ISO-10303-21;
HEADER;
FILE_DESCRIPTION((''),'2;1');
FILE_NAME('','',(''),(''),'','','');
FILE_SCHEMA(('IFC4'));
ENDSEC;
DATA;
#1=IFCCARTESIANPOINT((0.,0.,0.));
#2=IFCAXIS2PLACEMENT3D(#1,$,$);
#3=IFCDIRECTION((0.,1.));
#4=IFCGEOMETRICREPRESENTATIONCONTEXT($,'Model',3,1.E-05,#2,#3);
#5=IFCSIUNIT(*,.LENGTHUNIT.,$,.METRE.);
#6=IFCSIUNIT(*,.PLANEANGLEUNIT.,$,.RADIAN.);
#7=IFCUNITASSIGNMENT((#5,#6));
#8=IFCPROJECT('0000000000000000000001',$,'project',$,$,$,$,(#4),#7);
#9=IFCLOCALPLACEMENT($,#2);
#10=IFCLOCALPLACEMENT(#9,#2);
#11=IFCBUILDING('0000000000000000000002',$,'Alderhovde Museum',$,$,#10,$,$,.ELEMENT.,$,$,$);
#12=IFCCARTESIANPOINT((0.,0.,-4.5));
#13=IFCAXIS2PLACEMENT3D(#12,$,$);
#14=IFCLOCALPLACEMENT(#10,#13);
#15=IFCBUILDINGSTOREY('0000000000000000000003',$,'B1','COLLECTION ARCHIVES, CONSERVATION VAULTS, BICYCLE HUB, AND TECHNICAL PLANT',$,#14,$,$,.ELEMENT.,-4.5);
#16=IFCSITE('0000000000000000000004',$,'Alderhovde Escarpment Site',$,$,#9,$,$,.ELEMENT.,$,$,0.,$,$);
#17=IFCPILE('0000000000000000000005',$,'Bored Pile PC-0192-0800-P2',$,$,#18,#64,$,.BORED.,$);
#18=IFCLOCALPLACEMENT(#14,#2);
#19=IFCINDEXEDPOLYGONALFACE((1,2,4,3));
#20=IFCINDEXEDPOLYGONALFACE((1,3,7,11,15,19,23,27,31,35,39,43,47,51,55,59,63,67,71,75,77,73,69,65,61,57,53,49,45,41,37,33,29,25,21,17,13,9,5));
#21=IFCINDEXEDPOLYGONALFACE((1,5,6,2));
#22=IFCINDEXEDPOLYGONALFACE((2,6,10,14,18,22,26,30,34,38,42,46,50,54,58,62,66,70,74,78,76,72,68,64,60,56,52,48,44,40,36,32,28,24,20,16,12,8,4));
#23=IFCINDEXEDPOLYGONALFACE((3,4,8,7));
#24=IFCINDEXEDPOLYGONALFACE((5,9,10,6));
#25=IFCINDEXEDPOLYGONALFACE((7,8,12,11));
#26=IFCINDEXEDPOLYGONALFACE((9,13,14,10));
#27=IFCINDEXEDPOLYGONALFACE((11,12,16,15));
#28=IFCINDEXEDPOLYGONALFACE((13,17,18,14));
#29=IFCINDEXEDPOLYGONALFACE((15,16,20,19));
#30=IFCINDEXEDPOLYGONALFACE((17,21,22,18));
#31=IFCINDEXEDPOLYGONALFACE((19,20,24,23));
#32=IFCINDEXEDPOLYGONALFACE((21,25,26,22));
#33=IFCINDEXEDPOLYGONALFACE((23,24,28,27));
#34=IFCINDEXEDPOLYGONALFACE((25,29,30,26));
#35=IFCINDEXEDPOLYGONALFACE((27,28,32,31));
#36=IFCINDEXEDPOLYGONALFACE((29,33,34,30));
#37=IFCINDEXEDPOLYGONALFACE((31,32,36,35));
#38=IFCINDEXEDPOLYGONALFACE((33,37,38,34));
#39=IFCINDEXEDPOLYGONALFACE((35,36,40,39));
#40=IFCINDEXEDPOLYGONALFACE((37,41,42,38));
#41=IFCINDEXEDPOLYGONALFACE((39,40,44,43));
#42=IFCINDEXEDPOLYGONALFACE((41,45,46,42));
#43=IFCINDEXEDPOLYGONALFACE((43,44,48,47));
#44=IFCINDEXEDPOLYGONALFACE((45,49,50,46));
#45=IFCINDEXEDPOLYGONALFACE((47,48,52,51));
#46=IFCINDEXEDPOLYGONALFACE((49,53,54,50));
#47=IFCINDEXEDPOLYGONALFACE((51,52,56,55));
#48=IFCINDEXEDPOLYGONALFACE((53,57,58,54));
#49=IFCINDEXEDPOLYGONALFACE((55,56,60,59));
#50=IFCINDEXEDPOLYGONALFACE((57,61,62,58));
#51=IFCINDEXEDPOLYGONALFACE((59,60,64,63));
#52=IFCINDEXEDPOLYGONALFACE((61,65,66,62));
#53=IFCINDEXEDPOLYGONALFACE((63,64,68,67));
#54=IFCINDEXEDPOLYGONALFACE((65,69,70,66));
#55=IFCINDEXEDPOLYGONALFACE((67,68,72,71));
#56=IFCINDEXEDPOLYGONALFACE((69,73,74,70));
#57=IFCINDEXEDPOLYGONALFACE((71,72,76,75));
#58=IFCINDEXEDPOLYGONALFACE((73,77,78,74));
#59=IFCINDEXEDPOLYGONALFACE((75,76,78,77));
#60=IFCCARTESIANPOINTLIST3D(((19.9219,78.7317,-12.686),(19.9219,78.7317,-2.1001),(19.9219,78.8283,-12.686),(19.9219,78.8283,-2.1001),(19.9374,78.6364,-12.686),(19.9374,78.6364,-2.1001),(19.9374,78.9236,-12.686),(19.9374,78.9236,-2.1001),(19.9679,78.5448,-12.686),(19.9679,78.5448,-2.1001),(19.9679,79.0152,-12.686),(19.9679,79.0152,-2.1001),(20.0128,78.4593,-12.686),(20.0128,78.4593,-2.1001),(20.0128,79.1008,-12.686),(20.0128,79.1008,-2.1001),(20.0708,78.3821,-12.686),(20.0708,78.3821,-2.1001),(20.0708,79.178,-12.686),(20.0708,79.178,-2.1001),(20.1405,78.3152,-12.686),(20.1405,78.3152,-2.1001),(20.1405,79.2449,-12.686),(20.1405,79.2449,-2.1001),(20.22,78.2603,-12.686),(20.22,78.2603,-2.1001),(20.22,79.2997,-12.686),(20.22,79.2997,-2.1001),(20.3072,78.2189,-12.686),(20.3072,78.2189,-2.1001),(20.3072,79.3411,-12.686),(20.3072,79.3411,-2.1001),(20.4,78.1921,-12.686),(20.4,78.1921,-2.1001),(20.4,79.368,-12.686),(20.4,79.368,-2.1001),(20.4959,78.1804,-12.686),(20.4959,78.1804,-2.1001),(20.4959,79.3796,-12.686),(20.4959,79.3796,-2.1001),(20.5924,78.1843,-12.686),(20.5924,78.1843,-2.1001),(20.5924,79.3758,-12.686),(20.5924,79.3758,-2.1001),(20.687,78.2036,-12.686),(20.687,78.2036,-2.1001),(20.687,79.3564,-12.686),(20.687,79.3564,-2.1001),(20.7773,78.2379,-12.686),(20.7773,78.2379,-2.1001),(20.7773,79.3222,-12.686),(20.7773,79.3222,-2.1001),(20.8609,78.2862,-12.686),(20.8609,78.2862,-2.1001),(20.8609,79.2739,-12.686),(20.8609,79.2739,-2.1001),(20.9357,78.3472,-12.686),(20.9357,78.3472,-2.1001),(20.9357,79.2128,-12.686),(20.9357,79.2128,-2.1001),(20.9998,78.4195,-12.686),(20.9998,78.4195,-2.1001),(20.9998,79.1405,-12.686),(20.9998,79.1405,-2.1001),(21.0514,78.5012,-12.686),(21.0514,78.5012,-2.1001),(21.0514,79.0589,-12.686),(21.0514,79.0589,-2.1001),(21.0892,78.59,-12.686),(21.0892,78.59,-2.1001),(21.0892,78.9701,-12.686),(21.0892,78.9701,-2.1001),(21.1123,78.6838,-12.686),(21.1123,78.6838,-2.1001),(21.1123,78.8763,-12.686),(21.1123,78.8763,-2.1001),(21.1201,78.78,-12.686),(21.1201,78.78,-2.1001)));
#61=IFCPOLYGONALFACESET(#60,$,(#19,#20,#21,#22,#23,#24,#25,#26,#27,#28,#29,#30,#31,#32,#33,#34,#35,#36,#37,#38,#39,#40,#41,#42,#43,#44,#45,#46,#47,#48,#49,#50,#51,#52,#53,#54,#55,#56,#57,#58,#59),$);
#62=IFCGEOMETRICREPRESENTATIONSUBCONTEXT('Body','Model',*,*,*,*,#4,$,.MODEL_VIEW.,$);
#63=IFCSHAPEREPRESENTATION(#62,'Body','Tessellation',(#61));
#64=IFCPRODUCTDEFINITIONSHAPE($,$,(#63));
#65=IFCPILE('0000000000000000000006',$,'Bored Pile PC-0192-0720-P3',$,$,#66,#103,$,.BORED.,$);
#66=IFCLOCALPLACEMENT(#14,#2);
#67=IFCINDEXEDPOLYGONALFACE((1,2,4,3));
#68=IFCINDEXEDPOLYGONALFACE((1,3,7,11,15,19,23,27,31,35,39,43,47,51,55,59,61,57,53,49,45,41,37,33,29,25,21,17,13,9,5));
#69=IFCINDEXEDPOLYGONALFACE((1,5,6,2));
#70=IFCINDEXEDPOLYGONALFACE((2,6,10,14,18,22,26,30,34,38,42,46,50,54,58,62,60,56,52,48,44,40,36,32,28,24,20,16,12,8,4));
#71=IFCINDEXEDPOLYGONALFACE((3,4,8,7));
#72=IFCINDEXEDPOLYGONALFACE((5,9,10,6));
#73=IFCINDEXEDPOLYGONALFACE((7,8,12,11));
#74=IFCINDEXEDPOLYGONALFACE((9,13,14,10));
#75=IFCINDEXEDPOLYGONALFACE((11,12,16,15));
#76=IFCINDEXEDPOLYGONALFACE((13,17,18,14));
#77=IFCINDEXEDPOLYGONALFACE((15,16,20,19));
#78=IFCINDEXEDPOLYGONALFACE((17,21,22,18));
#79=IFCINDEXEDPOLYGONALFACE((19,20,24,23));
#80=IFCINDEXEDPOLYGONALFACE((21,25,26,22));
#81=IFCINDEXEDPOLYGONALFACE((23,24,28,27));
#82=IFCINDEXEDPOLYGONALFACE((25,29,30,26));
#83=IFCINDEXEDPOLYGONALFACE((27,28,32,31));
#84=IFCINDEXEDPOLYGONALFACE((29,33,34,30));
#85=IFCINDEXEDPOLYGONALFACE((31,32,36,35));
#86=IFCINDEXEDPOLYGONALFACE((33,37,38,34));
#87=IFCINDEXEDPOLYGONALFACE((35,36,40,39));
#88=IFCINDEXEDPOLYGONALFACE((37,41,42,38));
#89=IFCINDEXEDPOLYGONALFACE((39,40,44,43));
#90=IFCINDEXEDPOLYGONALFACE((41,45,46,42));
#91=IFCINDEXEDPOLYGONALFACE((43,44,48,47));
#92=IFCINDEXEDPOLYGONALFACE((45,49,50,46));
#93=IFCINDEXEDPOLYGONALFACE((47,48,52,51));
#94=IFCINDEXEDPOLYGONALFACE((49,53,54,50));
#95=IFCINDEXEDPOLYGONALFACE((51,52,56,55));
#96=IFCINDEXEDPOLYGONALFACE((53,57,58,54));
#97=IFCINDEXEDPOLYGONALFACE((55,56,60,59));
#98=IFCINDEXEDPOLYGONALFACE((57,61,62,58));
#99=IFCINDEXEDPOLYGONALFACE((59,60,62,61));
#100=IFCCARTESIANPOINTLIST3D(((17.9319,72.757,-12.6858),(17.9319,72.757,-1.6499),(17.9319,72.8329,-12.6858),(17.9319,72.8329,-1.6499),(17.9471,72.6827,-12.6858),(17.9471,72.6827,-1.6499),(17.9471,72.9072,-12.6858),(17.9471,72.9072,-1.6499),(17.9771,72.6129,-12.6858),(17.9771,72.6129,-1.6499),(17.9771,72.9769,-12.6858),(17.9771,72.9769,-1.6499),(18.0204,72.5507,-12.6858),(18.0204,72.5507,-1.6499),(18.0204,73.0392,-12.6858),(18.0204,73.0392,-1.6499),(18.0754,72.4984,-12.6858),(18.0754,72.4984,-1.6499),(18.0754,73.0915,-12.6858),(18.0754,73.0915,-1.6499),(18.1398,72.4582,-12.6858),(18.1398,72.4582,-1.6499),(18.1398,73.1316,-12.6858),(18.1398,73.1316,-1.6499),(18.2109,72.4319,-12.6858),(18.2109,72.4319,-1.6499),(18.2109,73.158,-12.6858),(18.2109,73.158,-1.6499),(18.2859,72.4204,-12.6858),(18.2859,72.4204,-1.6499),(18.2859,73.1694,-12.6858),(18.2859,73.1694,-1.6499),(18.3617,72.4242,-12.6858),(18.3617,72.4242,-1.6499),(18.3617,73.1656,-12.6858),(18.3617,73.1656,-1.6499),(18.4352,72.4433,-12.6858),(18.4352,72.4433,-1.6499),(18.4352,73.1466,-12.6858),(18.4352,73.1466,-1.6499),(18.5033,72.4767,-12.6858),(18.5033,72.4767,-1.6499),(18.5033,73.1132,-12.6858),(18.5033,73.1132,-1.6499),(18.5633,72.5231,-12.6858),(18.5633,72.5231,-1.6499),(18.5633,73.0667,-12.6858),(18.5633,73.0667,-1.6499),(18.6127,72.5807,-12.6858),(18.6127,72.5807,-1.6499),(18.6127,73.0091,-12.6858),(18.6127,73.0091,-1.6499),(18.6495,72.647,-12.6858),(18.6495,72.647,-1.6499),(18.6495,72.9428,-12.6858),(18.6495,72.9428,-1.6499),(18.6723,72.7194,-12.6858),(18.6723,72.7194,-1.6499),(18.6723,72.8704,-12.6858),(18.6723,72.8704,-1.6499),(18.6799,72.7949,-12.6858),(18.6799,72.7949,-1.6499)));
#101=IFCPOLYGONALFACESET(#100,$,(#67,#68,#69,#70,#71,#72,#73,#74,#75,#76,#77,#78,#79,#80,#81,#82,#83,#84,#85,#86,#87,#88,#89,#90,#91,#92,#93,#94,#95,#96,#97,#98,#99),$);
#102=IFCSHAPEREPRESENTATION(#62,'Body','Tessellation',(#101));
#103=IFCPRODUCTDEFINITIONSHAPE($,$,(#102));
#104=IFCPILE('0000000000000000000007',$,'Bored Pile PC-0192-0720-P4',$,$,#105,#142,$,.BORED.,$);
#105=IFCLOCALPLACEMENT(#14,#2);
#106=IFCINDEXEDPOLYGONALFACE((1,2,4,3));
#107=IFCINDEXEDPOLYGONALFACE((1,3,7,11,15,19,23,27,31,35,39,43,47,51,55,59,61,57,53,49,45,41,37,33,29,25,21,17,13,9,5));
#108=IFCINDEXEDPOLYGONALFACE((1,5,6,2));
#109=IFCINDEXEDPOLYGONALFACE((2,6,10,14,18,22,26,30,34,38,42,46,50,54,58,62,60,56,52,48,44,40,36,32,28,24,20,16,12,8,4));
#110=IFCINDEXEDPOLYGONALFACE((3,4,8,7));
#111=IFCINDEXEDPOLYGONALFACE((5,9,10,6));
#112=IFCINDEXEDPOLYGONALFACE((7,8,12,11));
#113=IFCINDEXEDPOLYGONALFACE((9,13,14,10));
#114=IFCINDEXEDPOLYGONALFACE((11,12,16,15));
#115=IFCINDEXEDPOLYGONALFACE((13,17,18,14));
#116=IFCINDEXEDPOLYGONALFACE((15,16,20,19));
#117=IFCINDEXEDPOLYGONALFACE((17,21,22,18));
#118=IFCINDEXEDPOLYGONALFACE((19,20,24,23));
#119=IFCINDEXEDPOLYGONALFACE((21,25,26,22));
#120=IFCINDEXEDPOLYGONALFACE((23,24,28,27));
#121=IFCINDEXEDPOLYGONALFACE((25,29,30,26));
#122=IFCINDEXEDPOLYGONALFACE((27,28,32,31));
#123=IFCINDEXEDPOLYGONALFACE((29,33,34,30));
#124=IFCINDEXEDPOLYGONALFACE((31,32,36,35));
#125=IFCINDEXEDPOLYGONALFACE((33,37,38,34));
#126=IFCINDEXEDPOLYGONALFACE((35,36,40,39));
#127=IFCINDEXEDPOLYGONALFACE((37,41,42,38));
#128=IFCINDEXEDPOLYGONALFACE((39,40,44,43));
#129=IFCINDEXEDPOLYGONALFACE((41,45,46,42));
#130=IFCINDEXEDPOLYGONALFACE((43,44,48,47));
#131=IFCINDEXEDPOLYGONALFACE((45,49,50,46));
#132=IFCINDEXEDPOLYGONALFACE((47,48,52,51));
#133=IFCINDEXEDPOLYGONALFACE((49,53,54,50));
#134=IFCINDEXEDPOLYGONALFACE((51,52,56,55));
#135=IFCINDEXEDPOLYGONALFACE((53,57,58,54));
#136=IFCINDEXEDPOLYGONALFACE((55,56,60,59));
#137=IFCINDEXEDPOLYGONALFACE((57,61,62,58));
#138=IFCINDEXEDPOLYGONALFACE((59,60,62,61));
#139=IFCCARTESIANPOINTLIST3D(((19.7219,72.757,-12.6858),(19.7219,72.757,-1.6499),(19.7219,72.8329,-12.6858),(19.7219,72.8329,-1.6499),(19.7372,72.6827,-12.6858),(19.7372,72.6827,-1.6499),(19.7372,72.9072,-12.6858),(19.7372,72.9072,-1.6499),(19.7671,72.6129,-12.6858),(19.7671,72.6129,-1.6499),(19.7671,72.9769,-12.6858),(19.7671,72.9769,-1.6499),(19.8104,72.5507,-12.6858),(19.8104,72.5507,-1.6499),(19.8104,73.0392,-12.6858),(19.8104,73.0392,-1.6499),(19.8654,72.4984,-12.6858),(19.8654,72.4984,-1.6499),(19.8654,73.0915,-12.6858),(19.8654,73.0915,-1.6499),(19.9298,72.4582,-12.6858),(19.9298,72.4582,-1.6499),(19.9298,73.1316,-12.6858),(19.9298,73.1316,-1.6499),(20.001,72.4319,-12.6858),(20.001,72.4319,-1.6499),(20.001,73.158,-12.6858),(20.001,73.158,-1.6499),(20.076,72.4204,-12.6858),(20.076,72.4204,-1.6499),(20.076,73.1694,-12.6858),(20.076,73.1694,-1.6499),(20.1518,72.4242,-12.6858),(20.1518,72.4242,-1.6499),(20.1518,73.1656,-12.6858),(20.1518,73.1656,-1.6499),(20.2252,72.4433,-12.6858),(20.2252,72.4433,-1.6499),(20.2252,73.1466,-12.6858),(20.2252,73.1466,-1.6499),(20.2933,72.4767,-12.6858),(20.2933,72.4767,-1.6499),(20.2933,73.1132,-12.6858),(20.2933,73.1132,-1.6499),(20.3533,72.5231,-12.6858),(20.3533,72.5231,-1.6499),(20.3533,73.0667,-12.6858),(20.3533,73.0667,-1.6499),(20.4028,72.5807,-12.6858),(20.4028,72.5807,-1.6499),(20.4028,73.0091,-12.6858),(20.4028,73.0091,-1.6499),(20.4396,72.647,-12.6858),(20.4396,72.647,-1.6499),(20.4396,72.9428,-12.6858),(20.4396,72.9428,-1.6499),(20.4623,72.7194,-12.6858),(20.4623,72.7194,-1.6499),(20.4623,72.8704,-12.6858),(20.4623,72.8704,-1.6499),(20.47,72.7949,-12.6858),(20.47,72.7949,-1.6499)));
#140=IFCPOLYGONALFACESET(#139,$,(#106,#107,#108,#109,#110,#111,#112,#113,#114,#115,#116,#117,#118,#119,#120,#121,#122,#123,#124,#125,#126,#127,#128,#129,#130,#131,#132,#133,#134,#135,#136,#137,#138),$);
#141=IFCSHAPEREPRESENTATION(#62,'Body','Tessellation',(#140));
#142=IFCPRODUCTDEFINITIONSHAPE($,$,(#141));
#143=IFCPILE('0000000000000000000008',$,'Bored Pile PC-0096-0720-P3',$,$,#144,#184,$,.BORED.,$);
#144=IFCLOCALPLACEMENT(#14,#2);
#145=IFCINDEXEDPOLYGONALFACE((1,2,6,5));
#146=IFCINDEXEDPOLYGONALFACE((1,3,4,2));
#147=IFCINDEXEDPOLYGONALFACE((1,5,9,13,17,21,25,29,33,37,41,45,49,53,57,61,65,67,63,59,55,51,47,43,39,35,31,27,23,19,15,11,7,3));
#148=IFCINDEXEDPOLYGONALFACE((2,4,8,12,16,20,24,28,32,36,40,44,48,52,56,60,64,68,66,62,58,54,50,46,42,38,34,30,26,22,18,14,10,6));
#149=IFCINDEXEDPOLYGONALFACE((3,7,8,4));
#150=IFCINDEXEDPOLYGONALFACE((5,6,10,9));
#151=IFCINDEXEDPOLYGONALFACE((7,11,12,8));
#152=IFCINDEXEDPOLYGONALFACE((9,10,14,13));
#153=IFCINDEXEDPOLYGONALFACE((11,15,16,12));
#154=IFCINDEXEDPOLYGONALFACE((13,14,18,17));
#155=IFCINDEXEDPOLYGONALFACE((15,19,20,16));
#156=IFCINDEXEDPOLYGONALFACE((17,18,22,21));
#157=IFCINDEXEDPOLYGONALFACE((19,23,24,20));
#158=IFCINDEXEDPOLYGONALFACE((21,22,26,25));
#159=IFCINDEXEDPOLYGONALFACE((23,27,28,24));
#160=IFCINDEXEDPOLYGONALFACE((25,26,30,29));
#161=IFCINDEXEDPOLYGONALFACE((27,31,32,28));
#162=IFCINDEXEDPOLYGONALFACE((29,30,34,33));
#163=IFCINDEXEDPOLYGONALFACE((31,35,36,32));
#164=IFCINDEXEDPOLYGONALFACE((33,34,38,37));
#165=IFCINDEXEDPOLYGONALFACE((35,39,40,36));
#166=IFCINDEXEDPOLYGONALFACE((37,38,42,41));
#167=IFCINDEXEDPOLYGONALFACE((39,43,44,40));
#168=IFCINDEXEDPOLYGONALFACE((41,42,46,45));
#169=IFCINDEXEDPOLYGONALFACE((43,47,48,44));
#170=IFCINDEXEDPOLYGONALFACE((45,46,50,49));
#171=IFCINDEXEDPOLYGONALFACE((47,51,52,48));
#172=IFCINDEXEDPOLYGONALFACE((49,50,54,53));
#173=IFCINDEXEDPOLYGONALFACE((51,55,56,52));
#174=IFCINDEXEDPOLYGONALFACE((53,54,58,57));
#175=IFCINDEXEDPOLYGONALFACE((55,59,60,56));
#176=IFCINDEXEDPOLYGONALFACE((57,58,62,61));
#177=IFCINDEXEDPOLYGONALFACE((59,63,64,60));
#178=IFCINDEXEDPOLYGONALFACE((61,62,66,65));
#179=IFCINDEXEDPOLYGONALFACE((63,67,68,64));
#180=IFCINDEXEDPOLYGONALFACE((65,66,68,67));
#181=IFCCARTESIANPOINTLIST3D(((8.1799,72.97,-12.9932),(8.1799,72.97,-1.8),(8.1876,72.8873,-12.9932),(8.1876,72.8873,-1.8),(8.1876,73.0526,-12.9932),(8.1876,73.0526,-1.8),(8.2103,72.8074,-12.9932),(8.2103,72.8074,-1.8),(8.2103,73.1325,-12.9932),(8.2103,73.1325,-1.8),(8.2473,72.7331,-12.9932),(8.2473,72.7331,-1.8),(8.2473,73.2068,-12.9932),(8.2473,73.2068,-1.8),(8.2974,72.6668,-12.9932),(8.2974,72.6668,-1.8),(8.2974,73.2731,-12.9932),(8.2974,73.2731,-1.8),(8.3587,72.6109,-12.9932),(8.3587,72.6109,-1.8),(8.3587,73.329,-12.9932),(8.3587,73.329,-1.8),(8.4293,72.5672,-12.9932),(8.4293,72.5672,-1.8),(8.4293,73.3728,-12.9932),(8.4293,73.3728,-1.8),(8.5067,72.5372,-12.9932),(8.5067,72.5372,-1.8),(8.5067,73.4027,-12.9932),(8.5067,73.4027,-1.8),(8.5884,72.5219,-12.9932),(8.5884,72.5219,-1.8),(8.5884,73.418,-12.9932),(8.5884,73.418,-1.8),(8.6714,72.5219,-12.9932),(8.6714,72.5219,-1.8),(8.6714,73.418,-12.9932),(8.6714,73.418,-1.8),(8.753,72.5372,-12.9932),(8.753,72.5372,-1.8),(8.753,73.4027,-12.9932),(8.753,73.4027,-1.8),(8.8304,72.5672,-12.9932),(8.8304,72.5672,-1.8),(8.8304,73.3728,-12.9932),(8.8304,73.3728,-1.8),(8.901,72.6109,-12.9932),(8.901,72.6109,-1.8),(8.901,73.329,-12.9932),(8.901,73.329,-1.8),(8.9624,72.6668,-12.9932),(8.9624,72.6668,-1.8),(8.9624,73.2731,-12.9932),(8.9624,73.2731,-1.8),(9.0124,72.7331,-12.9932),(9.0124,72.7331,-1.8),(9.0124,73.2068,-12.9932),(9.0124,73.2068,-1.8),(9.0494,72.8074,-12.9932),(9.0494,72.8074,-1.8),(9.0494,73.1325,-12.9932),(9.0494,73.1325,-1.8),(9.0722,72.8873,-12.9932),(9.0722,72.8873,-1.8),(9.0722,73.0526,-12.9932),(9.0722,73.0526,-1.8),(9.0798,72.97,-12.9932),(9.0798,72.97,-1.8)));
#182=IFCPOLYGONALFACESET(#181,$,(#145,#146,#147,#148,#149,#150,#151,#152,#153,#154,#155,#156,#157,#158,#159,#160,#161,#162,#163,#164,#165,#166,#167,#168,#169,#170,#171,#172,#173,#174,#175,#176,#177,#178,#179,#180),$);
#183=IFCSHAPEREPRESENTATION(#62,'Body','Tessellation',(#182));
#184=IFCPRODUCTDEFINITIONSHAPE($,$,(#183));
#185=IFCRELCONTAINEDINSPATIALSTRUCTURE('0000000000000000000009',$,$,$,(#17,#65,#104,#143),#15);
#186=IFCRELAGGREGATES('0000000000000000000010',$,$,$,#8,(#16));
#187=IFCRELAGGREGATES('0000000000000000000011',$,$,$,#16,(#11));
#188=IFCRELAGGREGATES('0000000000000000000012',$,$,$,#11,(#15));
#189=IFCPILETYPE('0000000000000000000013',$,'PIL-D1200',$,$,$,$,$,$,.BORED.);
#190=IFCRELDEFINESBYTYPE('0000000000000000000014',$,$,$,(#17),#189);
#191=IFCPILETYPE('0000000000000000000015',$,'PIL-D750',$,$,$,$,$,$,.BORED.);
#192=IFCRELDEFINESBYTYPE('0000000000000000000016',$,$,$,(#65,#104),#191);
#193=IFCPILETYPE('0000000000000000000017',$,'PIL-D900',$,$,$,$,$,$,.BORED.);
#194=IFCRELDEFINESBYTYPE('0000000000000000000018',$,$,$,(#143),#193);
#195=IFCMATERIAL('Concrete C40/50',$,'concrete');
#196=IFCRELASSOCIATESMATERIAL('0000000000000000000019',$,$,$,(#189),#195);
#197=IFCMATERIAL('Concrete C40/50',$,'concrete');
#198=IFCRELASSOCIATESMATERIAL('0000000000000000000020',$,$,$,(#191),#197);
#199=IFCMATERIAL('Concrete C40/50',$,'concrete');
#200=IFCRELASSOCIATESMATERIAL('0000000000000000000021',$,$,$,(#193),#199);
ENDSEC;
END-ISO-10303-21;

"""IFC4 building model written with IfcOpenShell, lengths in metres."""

from ifc_helpers import new_model, si_unit, direction, frame, origin, origin_2d, place, context, subcontext, project, spatial, circle, extrude, material, material_profile, profile_set, type_object, element, save


model = new_model("IFC4")

# Units and contexts
model_context = context("Model", 3, precision=1e-05, world=origin(), true_north=direction((0.0, 1.0)))
body_context = subcontext(model_context, "Body", "Model", "MODEL_VIEW")
ifc_project = project(units=[si_unit("LENGTHUNIT", "METRE"), si_unit("PLANEANGLEUNIT", "RADIAN")], contexts=[model_context])

# Site, building, storey
site_placement = place(None, origin())
site = spatial("IfcSite", under=ifc_project, at=site_placement, Name="Alderhovde Escarpment Site", CompositionType="ELEMENT", RefElevation=0.0)
building_placement = place(site_placement, origin())
building = spatial("IfcBuilding", under=site, at=building_placement, Name="Alderhovde Museum", CompositionType="ELEMENT")
storey_placement = place(building_placement, frame((0.0, 0.0, -4.5)))
storey = spatial("IfcBuildingStorey", under=building, at=storey_placement, Name="B1", Description="COLLECTION ARCHIVES, CONSERVATION VAULTS, BICYCLE HUB, AND TECHNICAL PLANT", CompositionType="ELEMENT", Elevation=-4.5)

# Piles
ifc_material_1 = material(Name="Concrete C40/50", Category="concrete")
ifc_material_profile_1 = material_profile(ifc_material_1, circle(Radius=0.6001, at=origin_2d()), Name="PILE-D1200")
ifc_profile_set_1 = profile_set([ifc_material_profile_1], Name="Concrete C40/50")
pile_type_1 = type_object("IfcPileType", Name="PIL-D1200", PredefinedType="BORED", material=ifc_profile_set_1)
for number, where, z_axis, x_axis, name in (
    (1, (20.52, 78.78, -2.1001), (0.0, 0.0, -1.0), (1.0, 0.0, 0.0), "Bored Pile PC-0192-0800-P2"),
):
    element("IfcPile", number, at=place(storey_placement, frame(where, z_axis=z_axis, x_axis=x_axis)), inside=storey, type_object=pile_type_1, Name=name, PredefinedType="BORED", context=body_context, shape_type="SweptSolid", body=[
        extrude(circle(Radius=0.6001, at=origin_2d()), origin(), (0.0, 0.0, 1.0), 10.5859),
    ])
ifc_material_2 = material(Name="Concrete C40/50", Category="concrete")
ifc_material_profile_2 = material_profile(ifc_material_2, circle(Radius=0.375, at=origin_2d()), Name="PILE-D750")
ifc_profile_set_2 = profile_set([ifc_material_profile_2], Name="Concrete C40/50")
pile_type_2 = type_object("IfcPileType", Name="PIL-D750", PredefinedType="BORED", material=ifc_profile_set_2)
for number, where, z_axis, x_axis, name in (
    (2, (18.3049, 72.7949, -1.6499), (0.0, 0.0, -1.0), (1.0, 0.0, 0.0), "Bored Pile PC-0192-0720-P3"),
    (3, (20.095, 72.7949, -1.6499), (0.0, 0.0, -1.0), (1.0, 0.0, 0.0), "Bored Pile PC-0192-0720-P4"),
):
    element("IfcPile", number, at=place(storey_placement, frame(where, z_axis=z_axis, x_axis=x_axis)), inside=storey, type_object=pile_type_2, Name=name, PredefinedType="BORED", context=body_context, shape_type="SweptSolid", body=[
        extrude(circle(Radius=0.375, at=origin_2d()), origin(), (0.0, 0.0, 1.0), 11.0359),
    ])
ifc_material_3 = material(Name="Concrete C40/50", Category="concrete")
ifc_material_profile_3 = material_profile(ifc_material_3, circle(Radius=0.45, at=origin_2d()), Name="PILE-D900")
ifc_profile_set_3 = profile_set([ifc_material_profile_3], Name="Concrete C40/50")
pile_type_3 = type_object("IfcPileType", Name="PIL-D900", PredefinedType="BORED", material=ifc_profile_set_3)
for number, where, z_axis, x_axis, name in (
    (4, (8.6299, 72.97, -1.8), (0.0, 0.0, -1.0), (1.0, 0.0, 0.0), "Bored Pile PC-0096-0720-P3"),
):
    element("IfcPile", number, at=place(storey_placement, frame(where, z_axis=z_axis, x_axis=x_axis)), inside=storey, type_object=pile_type_3, Name=name, PredefinedType="BORED", context=body_context, shape_type="SweptSolid", body=[
        extrude(circle(Radius=0.45, at=origin_2d()), origin(), (0.0, 0.0, 1.0), 11.1931),
    ])

save(model, "model.ifc")
